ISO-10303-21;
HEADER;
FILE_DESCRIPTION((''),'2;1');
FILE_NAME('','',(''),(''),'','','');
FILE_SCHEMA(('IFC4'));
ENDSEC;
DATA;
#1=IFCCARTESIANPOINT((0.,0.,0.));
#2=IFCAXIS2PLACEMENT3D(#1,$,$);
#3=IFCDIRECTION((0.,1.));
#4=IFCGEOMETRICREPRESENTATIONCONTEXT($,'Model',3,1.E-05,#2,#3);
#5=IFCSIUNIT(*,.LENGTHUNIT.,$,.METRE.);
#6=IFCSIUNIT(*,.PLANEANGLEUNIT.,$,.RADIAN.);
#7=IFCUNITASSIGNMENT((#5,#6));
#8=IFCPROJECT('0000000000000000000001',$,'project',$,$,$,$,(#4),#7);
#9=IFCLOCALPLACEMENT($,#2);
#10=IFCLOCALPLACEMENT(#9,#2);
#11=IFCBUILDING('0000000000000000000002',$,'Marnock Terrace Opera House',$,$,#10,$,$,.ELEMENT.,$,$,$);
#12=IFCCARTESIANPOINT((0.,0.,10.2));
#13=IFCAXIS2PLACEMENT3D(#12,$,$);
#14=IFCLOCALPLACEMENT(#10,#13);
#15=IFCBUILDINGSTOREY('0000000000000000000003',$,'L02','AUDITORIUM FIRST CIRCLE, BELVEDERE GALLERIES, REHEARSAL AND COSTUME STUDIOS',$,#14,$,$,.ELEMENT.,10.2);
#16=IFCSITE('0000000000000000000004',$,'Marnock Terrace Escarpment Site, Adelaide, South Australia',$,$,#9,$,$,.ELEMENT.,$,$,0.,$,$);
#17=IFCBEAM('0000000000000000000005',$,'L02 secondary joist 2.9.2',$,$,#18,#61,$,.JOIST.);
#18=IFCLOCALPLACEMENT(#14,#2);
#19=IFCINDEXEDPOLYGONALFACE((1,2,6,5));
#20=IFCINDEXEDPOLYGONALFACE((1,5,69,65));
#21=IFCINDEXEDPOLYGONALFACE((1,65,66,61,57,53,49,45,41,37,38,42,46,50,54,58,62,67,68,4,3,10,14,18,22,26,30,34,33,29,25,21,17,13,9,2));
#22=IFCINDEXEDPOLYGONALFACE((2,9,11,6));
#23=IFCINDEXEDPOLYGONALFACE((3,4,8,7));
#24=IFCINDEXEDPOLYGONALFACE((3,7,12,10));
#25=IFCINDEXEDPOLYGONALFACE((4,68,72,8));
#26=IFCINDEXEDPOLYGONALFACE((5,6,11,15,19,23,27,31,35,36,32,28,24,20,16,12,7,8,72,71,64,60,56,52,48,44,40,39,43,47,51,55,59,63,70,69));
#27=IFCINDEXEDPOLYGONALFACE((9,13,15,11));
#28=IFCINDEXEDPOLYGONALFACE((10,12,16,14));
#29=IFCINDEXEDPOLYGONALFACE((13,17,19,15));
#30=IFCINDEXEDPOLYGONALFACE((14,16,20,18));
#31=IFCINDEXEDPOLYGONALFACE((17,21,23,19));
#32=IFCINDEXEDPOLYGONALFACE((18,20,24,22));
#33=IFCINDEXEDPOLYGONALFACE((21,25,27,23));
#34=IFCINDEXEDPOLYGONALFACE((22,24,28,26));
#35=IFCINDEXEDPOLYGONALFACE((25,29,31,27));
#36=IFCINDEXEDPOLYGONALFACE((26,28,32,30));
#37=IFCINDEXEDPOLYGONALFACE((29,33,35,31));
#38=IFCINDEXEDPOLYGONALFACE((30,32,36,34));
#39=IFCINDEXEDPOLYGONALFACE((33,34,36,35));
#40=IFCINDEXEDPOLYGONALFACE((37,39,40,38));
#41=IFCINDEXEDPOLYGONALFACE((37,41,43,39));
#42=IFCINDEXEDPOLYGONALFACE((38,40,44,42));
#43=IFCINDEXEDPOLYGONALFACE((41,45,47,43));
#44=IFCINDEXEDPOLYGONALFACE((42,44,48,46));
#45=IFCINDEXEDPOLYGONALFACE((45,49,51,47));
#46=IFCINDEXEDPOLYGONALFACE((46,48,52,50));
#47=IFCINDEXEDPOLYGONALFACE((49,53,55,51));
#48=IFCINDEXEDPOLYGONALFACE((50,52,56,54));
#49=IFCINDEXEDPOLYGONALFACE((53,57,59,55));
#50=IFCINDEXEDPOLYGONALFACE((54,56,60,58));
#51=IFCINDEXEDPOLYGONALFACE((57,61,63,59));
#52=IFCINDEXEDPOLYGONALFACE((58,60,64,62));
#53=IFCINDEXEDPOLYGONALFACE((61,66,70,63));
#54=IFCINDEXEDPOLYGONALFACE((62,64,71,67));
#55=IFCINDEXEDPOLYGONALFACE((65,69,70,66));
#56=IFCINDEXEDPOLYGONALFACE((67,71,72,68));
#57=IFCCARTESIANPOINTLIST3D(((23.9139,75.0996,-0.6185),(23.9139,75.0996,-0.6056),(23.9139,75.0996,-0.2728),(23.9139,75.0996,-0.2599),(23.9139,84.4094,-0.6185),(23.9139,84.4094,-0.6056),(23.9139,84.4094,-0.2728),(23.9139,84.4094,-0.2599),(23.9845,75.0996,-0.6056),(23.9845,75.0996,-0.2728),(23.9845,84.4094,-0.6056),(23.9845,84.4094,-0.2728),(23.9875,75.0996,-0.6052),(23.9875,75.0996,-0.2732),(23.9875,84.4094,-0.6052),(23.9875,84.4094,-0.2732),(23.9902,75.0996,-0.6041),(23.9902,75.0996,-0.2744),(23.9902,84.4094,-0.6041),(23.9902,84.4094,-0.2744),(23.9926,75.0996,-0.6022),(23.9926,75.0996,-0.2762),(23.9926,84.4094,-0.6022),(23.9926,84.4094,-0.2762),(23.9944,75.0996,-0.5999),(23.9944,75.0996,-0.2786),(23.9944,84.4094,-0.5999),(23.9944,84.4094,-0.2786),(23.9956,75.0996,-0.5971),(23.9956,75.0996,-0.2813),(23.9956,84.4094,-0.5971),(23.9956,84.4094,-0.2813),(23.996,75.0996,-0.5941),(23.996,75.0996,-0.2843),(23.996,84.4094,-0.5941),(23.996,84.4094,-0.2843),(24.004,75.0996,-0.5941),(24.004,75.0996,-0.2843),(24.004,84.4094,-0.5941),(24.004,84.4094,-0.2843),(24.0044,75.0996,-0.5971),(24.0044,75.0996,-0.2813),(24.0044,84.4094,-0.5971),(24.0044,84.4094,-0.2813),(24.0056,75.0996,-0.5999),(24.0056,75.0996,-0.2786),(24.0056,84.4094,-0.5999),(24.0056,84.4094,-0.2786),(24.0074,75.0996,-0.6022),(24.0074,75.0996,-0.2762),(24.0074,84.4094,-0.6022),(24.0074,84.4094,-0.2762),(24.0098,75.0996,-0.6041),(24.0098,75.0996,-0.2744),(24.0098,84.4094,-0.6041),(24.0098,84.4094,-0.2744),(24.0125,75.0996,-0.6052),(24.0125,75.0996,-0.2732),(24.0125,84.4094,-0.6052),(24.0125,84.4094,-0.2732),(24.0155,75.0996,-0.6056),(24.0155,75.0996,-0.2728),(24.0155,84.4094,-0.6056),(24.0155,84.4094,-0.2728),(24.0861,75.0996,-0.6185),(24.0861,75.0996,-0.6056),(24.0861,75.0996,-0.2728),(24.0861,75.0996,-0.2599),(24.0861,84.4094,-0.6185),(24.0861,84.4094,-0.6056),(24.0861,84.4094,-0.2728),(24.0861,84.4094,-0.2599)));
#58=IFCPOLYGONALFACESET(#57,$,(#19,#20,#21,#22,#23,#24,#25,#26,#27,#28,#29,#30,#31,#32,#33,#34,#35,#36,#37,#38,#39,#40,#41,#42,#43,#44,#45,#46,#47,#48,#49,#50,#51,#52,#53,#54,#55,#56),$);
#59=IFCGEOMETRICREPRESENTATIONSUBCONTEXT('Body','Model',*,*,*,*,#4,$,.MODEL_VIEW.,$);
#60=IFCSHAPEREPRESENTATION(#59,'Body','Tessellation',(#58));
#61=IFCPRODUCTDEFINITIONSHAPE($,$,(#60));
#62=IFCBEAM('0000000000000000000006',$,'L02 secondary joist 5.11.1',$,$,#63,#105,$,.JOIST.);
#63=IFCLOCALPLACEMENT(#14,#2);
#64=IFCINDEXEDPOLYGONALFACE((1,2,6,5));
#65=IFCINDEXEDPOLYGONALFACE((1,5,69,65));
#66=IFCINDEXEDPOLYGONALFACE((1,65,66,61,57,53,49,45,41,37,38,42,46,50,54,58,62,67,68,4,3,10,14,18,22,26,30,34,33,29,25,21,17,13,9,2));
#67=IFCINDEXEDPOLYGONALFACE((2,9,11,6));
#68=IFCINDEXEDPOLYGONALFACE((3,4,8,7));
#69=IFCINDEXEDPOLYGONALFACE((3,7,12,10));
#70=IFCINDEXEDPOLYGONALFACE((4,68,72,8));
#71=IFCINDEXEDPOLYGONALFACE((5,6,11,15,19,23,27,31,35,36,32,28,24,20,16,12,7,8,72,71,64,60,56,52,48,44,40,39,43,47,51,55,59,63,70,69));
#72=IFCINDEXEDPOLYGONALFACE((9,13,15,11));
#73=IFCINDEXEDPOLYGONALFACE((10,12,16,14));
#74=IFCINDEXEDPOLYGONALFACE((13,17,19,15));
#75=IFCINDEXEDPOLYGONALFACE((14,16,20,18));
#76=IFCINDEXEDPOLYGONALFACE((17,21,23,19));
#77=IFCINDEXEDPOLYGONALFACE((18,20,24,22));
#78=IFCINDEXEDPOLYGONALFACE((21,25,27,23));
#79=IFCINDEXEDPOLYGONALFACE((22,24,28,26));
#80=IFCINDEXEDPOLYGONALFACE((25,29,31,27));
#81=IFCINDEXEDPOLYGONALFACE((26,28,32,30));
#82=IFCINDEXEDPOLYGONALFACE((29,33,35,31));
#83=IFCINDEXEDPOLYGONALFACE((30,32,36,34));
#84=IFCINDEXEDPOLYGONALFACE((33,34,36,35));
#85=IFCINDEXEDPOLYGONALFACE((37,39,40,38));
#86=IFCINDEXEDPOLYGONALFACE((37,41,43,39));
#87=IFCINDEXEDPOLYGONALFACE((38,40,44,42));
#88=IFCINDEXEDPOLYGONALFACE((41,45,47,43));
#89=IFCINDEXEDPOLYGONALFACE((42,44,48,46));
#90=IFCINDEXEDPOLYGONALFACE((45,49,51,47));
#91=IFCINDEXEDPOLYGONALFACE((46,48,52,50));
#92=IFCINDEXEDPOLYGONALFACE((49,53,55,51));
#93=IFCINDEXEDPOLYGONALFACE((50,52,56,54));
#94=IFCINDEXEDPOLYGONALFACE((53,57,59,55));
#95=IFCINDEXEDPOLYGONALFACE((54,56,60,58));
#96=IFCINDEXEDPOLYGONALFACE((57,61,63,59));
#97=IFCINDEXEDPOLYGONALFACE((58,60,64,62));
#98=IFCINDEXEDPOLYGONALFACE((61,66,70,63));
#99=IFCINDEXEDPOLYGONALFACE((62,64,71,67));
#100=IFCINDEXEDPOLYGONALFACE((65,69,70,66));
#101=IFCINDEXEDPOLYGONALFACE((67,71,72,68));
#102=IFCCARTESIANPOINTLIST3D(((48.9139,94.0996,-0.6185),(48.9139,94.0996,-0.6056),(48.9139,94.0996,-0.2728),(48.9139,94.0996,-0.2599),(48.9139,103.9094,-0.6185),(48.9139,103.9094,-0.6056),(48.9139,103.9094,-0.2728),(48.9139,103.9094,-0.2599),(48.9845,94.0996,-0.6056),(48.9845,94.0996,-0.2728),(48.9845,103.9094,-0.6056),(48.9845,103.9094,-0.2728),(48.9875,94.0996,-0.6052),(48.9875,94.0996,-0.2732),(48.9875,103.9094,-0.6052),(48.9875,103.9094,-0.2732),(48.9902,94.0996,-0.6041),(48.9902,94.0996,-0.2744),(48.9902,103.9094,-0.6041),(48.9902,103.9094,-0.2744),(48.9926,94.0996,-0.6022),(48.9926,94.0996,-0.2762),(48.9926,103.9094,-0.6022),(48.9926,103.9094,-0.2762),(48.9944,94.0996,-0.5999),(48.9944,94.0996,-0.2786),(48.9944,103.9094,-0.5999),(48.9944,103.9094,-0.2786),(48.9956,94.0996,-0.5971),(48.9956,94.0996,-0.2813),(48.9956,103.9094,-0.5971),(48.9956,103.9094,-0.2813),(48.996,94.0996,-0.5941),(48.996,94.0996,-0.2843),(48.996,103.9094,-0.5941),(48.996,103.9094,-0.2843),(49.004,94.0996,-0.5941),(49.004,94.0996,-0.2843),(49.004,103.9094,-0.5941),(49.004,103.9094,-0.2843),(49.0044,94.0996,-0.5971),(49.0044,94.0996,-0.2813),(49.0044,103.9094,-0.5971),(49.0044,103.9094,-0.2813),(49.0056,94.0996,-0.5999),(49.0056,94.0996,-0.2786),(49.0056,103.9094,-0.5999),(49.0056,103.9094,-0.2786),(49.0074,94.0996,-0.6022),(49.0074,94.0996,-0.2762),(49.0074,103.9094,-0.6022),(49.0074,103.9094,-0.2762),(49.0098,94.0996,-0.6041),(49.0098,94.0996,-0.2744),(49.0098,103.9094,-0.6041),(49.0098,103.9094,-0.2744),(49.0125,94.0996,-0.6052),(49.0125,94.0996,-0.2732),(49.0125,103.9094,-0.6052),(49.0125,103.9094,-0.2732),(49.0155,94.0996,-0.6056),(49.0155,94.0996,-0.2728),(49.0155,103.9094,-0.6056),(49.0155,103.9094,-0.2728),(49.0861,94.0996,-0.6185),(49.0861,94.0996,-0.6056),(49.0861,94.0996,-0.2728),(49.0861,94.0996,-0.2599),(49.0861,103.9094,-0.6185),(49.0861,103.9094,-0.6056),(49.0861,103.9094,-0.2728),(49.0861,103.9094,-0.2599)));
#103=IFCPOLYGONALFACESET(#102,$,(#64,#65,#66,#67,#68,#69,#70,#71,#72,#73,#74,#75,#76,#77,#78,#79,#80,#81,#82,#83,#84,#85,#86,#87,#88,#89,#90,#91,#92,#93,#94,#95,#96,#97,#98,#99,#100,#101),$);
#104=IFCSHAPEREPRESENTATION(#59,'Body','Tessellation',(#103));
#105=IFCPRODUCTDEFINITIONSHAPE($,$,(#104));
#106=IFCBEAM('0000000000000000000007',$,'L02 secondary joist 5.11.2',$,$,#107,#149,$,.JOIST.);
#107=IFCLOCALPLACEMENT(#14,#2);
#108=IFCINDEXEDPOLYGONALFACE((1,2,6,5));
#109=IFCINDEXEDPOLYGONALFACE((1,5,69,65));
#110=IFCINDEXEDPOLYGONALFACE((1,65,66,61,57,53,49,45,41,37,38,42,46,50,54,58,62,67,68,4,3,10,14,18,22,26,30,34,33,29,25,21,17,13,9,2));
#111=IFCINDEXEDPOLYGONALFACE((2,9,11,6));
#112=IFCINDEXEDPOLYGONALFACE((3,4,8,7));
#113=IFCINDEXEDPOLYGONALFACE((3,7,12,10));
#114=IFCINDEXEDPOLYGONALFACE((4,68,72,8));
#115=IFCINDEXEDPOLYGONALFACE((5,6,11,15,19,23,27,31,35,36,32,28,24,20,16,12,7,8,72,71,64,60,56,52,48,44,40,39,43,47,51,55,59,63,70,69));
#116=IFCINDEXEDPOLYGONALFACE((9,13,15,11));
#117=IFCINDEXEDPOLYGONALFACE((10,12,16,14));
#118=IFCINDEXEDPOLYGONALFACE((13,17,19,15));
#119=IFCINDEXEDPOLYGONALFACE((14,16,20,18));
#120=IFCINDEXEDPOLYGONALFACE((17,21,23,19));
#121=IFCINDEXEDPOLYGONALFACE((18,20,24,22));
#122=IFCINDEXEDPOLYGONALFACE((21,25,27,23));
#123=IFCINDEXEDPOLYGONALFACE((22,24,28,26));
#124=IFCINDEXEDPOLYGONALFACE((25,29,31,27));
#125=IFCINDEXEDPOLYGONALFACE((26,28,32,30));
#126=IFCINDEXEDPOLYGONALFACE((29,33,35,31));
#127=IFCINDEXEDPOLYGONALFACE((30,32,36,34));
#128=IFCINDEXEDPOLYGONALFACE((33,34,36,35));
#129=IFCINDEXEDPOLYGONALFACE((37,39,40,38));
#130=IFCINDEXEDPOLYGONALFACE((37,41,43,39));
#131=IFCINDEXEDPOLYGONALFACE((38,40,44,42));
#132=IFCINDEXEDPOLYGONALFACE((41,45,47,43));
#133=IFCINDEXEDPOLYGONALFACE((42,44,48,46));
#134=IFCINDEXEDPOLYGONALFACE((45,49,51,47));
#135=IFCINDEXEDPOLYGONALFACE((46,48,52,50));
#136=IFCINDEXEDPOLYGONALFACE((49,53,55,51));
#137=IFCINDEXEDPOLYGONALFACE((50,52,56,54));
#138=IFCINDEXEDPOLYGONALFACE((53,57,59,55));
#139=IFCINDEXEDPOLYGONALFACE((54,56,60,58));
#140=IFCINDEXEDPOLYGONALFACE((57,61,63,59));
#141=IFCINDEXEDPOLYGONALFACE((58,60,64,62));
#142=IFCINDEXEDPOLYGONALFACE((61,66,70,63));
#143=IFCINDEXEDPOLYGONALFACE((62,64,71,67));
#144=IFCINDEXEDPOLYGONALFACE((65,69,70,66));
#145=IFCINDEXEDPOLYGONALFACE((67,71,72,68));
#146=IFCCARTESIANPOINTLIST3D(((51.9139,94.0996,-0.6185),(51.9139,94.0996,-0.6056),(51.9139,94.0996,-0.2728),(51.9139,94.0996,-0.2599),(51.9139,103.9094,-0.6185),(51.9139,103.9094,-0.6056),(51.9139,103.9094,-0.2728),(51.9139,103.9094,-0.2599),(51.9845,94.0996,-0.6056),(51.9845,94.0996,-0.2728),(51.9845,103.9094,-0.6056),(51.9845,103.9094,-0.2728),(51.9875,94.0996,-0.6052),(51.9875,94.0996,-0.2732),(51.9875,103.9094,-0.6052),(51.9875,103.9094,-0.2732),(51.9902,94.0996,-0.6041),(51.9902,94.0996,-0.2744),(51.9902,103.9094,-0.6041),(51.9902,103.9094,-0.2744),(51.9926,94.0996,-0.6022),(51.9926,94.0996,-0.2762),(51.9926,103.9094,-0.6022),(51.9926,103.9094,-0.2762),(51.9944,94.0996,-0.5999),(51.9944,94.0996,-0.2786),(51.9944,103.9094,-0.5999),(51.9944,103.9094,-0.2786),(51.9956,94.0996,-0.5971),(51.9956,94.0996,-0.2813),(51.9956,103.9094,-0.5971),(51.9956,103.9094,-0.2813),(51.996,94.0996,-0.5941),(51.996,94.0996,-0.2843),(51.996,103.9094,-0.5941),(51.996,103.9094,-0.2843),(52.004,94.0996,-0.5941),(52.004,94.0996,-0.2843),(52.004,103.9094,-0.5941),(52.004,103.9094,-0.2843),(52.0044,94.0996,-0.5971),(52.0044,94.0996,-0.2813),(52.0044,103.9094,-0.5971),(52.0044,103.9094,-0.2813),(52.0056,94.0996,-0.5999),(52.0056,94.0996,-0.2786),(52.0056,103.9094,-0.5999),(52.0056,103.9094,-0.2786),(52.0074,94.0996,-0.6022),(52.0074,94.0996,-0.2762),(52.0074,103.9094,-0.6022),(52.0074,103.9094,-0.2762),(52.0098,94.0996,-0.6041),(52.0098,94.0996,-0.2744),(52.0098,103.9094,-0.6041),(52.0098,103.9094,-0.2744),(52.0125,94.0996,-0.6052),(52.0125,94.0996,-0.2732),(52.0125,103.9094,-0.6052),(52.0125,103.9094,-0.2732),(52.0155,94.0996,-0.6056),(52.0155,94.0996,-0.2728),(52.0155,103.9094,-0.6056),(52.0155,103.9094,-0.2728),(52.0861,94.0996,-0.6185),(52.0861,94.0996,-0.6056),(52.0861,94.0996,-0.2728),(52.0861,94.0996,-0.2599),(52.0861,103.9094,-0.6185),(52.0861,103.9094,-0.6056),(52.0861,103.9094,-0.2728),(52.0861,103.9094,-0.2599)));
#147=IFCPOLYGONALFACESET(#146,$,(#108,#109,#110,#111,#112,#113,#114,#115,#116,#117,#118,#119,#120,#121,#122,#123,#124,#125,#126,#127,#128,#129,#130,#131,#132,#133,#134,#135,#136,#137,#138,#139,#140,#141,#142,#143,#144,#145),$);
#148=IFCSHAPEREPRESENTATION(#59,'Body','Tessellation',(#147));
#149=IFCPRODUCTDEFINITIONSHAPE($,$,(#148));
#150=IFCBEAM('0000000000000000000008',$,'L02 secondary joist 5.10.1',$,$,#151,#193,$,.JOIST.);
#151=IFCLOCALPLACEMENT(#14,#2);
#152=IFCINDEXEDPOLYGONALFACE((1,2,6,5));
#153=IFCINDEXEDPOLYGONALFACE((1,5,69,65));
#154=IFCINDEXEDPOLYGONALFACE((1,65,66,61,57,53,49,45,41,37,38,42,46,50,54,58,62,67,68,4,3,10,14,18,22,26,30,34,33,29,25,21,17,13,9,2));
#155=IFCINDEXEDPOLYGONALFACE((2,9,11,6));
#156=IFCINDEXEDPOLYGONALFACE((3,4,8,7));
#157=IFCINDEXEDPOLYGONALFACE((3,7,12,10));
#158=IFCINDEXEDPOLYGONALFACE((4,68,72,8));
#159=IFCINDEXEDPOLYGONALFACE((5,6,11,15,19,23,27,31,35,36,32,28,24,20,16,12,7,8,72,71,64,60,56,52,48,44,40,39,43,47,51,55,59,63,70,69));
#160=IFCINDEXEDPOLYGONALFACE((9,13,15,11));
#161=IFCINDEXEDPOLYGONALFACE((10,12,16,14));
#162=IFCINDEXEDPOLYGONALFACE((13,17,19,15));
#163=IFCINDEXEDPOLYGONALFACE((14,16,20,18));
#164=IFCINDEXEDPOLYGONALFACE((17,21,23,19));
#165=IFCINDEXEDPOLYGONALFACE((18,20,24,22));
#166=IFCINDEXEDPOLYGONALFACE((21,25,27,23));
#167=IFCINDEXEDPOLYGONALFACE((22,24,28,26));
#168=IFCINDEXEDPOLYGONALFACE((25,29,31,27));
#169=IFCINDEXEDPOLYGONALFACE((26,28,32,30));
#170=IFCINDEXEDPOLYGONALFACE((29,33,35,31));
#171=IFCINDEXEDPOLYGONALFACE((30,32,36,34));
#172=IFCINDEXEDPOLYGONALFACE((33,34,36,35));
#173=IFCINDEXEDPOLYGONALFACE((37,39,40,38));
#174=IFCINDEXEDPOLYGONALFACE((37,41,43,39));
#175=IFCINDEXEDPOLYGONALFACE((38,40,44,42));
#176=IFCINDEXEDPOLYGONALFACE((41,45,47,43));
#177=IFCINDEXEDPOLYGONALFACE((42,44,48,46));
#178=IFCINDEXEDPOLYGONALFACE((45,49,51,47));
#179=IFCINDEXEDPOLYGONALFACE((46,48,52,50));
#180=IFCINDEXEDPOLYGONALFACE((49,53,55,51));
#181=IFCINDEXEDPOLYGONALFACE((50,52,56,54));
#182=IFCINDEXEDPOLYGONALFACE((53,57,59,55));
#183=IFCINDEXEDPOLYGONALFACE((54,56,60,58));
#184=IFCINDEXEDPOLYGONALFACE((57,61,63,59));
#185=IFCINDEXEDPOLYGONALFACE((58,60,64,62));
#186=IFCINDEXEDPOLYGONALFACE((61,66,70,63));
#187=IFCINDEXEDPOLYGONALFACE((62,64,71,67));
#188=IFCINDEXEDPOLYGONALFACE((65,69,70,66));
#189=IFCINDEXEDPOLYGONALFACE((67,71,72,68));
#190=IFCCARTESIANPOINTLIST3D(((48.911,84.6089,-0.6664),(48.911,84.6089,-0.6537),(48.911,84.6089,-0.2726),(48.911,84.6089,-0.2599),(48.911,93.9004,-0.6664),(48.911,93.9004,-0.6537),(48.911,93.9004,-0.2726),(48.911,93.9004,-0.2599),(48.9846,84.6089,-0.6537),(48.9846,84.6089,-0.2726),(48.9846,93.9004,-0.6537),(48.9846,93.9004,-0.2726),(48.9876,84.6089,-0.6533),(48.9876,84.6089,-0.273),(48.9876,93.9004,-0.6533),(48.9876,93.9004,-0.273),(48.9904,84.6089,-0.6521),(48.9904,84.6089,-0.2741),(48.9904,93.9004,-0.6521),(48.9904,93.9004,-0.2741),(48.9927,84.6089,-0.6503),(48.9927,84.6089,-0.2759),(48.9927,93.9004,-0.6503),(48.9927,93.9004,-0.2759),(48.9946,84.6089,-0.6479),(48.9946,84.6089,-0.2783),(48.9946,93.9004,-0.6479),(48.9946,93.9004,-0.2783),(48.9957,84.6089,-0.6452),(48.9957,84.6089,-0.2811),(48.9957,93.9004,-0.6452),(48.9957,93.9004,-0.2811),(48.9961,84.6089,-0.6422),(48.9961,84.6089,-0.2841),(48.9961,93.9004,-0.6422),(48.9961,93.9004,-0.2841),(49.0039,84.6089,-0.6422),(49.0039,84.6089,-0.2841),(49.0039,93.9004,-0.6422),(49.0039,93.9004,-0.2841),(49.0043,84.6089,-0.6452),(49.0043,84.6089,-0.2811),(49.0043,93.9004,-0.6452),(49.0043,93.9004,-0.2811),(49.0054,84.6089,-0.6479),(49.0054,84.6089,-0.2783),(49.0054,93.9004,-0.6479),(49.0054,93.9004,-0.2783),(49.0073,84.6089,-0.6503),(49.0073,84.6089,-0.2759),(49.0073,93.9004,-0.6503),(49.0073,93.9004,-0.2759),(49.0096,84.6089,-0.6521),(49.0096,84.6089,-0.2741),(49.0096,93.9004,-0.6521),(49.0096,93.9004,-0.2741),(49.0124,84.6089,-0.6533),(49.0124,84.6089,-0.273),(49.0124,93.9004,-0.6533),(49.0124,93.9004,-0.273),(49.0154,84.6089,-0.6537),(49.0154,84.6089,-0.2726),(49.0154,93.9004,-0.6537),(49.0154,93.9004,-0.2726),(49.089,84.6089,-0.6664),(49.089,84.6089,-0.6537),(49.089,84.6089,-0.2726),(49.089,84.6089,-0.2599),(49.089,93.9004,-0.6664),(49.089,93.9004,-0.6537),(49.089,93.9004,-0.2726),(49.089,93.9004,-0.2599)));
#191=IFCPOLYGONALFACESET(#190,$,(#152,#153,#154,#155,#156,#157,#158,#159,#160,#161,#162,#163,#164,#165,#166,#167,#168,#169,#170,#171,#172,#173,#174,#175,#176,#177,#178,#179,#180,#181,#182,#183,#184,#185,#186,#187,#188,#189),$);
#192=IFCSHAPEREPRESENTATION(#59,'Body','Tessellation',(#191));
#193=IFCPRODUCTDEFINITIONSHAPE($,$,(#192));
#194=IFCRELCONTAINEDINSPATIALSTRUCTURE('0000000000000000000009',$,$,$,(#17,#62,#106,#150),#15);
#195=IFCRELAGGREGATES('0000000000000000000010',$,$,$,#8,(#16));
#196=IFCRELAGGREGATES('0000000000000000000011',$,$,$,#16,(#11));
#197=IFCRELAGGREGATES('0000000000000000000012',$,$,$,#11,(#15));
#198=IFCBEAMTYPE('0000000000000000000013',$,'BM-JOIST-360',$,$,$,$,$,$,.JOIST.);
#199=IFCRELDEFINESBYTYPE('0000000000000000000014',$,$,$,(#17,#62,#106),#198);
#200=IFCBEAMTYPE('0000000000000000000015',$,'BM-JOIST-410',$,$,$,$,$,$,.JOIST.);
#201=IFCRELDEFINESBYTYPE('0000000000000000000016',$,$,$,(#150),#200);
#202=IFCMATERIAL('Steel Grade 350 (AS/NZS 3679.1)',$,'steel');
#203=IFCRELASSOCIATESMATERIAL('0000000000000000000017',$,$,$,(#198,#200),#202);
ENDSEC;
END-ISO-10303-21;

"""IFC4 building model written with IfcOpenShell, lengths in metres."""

from ifc_helpers import new_model, si_unit, direction, frame, origin, origin_2d, place, context, subcontext, project, spatial, i_section, extrude, material, material_profile, profile_set, type_object, element, save


model = new_model("IFC4")

# Units and contexts
model_context = context("Model", 3, precision=1e-05, world=origin(), true_north=direction((0.0, 1.0)))
body_context = subcontext(model_context, "Body", "Model", "MODEL_VIEW")
ifc_project = project(units=[si_unit("LENGTHUNIT", "METRE"), si_unit("PLANEANGLEUNIT", "RADIAN")], contexts=[model_context])

# Site, building, storey
site_placement = place(None, origin())
site = spatial("IfcSite", under=ifc_project, at=site_placement, Name="Marnock Terrace Escarpment Site, Adelaide, South Australia", CompositionType="ELEMENT", RefElevation=0.0)
building_placement = place(site_placement, origin())
building = spatial("IfcBuilding", under=site, at=building_placement, Name="Marnock Terrace Opera House", CompositionType="ELEMENT")
storey_placement = place(building_placement, frame((0.0, 0.0, 10.2)))
storey = spatial("IfcBuildingStorey", under=building, at=storey_placement, Name="L02", Description="AUDITORIUM FIRST CIRCLE, BELVEDERE GALLERIES, REHEARSAL AND COSTUME STUDIOS", CompositionType="ELEMENT", Elevation=10.2)

# Shared definitions
ifc_material_1 = material(Name="Steel Grade 350 (AS/NZS 3679.1)", Category="steel")

# Beams
ifc_material_profile_1 = material_profile(ifc_material_1, i_section(OverallWidth=0.1721, OverallDepth=0.3586, WebThickness=0.0081, FlangeThickness=0.0129, FilletRadius=0.0115, at=origin_2d()))
ifc_profile_set_1 = profile_set([ifc_material_profile_1], Name="Steel Grade 350 (AS/NZS 3679.1)")
beam_type_1 = type_object("IfcBeamType", Name="BM-JOIST-360", PredefinedType="JOIST", material=ifc_profile_set_1)
for number, where, z_axis, x_axis, name in (
    (1, (24.0, 75.0996, -0.4392), (0.0, 1.0, 0.0), (-1.0, 0.0, 0.0), "L02 secondary joist 2.9.2"),
):
    element("IfcBeam", number, at=place(storey_placement, frame(where, z_axis=z_axis, x_axis=x_axis)), inside=storey, type_object=beam_type_1, Name=name, PredefinedType="JOIST", context=body_context, shape_type="SweptSolid", body=[
        extrude(i_section(OverallWidth=0.1721, OverallDepth=0.3586, WebThickness=0.0081, FlangeThickness=0.0129, FilletRadius=0.0115, at=origin_2d()), origin(), (0.0, 0.0, 1.0), 9.3098),
    ])
for number, where, z_axis, x_axis, name in (
    (2, (49.0, 94.0996, -0.4392), (0.0, 1.0, 0.0), (-1.0, 0.0, 0.0), "L02 secondary joist 5.11.1"),
    (3, (52.0, 94.0996, -0.4392), (0.0, 1.0, 0.0), (-1.0, 0.0, 0.0), "L02 secondary joist 5.11.2"),
):
    element("IfcBeam", number, at=place(storey_placement, frame(where, z_axis=z_axis, x_axis=x_axis)), inside=storey, type_object=beam_type_1, Name=name, PredefinedType="JOIST", context=body_context, shape_type="SweptSolid", body=[
        extrude(i_section(OverallWidth=0.1721, OverallDepth=0.3586, WebThickness=0.0081, FlangeThickness=0.0129, FilletRadius=0.0115, at=origin_2d()), origin(), (0.0, 0.0, 1.0), 9.8098),
    ])
ifc_material_profile_2 = material_profile(ifc_material_1, i_section(OverallWidth=0.178, OverallDepth=0.4065, WebThickness=0.0078, FlangeThickness=0.0127, FilletRadius=0.0115, at=origin_2d()))
ifc_profile_set_2 = profile_set([ifc_material_profile_2], Name="Steel Grade 350 (AS/NZS 3679.1)")
beam_type_2 = type_object("IfcBeamType", Name="BM-JOIST-410", PredefinedType="JOIST", material=ifc_profile_set_2)
for number, where, z_axis, x_axis, name in (
    (4, (49.0, 84.6089, -0.4631), (0.0, 1.0, 0.0), (-1.0, 0.0, 0.0), "L02 secondary joist 5.10.1"),
):
    element("IfcBeam", number, at=place(storey_placement, frame(where, z_axis=z_axis, x_axis=x_axis)), inside=storey, type_object=beam_type_2, Name=name, PredefinedType="JOIST", context=body_context, shape_type="SweptSolid", body=[
        extrude(i_section(OverallWidth=0.178, OverallDepth=0.4065, WebThickness=0.0078, FlangeThickness=0.0127, FilletRadius=0.0115, at=origin_2d()), origin(), (0.0, 0.0, 1.0), 9.2915),
    ])

save(model, "model.ifc")
